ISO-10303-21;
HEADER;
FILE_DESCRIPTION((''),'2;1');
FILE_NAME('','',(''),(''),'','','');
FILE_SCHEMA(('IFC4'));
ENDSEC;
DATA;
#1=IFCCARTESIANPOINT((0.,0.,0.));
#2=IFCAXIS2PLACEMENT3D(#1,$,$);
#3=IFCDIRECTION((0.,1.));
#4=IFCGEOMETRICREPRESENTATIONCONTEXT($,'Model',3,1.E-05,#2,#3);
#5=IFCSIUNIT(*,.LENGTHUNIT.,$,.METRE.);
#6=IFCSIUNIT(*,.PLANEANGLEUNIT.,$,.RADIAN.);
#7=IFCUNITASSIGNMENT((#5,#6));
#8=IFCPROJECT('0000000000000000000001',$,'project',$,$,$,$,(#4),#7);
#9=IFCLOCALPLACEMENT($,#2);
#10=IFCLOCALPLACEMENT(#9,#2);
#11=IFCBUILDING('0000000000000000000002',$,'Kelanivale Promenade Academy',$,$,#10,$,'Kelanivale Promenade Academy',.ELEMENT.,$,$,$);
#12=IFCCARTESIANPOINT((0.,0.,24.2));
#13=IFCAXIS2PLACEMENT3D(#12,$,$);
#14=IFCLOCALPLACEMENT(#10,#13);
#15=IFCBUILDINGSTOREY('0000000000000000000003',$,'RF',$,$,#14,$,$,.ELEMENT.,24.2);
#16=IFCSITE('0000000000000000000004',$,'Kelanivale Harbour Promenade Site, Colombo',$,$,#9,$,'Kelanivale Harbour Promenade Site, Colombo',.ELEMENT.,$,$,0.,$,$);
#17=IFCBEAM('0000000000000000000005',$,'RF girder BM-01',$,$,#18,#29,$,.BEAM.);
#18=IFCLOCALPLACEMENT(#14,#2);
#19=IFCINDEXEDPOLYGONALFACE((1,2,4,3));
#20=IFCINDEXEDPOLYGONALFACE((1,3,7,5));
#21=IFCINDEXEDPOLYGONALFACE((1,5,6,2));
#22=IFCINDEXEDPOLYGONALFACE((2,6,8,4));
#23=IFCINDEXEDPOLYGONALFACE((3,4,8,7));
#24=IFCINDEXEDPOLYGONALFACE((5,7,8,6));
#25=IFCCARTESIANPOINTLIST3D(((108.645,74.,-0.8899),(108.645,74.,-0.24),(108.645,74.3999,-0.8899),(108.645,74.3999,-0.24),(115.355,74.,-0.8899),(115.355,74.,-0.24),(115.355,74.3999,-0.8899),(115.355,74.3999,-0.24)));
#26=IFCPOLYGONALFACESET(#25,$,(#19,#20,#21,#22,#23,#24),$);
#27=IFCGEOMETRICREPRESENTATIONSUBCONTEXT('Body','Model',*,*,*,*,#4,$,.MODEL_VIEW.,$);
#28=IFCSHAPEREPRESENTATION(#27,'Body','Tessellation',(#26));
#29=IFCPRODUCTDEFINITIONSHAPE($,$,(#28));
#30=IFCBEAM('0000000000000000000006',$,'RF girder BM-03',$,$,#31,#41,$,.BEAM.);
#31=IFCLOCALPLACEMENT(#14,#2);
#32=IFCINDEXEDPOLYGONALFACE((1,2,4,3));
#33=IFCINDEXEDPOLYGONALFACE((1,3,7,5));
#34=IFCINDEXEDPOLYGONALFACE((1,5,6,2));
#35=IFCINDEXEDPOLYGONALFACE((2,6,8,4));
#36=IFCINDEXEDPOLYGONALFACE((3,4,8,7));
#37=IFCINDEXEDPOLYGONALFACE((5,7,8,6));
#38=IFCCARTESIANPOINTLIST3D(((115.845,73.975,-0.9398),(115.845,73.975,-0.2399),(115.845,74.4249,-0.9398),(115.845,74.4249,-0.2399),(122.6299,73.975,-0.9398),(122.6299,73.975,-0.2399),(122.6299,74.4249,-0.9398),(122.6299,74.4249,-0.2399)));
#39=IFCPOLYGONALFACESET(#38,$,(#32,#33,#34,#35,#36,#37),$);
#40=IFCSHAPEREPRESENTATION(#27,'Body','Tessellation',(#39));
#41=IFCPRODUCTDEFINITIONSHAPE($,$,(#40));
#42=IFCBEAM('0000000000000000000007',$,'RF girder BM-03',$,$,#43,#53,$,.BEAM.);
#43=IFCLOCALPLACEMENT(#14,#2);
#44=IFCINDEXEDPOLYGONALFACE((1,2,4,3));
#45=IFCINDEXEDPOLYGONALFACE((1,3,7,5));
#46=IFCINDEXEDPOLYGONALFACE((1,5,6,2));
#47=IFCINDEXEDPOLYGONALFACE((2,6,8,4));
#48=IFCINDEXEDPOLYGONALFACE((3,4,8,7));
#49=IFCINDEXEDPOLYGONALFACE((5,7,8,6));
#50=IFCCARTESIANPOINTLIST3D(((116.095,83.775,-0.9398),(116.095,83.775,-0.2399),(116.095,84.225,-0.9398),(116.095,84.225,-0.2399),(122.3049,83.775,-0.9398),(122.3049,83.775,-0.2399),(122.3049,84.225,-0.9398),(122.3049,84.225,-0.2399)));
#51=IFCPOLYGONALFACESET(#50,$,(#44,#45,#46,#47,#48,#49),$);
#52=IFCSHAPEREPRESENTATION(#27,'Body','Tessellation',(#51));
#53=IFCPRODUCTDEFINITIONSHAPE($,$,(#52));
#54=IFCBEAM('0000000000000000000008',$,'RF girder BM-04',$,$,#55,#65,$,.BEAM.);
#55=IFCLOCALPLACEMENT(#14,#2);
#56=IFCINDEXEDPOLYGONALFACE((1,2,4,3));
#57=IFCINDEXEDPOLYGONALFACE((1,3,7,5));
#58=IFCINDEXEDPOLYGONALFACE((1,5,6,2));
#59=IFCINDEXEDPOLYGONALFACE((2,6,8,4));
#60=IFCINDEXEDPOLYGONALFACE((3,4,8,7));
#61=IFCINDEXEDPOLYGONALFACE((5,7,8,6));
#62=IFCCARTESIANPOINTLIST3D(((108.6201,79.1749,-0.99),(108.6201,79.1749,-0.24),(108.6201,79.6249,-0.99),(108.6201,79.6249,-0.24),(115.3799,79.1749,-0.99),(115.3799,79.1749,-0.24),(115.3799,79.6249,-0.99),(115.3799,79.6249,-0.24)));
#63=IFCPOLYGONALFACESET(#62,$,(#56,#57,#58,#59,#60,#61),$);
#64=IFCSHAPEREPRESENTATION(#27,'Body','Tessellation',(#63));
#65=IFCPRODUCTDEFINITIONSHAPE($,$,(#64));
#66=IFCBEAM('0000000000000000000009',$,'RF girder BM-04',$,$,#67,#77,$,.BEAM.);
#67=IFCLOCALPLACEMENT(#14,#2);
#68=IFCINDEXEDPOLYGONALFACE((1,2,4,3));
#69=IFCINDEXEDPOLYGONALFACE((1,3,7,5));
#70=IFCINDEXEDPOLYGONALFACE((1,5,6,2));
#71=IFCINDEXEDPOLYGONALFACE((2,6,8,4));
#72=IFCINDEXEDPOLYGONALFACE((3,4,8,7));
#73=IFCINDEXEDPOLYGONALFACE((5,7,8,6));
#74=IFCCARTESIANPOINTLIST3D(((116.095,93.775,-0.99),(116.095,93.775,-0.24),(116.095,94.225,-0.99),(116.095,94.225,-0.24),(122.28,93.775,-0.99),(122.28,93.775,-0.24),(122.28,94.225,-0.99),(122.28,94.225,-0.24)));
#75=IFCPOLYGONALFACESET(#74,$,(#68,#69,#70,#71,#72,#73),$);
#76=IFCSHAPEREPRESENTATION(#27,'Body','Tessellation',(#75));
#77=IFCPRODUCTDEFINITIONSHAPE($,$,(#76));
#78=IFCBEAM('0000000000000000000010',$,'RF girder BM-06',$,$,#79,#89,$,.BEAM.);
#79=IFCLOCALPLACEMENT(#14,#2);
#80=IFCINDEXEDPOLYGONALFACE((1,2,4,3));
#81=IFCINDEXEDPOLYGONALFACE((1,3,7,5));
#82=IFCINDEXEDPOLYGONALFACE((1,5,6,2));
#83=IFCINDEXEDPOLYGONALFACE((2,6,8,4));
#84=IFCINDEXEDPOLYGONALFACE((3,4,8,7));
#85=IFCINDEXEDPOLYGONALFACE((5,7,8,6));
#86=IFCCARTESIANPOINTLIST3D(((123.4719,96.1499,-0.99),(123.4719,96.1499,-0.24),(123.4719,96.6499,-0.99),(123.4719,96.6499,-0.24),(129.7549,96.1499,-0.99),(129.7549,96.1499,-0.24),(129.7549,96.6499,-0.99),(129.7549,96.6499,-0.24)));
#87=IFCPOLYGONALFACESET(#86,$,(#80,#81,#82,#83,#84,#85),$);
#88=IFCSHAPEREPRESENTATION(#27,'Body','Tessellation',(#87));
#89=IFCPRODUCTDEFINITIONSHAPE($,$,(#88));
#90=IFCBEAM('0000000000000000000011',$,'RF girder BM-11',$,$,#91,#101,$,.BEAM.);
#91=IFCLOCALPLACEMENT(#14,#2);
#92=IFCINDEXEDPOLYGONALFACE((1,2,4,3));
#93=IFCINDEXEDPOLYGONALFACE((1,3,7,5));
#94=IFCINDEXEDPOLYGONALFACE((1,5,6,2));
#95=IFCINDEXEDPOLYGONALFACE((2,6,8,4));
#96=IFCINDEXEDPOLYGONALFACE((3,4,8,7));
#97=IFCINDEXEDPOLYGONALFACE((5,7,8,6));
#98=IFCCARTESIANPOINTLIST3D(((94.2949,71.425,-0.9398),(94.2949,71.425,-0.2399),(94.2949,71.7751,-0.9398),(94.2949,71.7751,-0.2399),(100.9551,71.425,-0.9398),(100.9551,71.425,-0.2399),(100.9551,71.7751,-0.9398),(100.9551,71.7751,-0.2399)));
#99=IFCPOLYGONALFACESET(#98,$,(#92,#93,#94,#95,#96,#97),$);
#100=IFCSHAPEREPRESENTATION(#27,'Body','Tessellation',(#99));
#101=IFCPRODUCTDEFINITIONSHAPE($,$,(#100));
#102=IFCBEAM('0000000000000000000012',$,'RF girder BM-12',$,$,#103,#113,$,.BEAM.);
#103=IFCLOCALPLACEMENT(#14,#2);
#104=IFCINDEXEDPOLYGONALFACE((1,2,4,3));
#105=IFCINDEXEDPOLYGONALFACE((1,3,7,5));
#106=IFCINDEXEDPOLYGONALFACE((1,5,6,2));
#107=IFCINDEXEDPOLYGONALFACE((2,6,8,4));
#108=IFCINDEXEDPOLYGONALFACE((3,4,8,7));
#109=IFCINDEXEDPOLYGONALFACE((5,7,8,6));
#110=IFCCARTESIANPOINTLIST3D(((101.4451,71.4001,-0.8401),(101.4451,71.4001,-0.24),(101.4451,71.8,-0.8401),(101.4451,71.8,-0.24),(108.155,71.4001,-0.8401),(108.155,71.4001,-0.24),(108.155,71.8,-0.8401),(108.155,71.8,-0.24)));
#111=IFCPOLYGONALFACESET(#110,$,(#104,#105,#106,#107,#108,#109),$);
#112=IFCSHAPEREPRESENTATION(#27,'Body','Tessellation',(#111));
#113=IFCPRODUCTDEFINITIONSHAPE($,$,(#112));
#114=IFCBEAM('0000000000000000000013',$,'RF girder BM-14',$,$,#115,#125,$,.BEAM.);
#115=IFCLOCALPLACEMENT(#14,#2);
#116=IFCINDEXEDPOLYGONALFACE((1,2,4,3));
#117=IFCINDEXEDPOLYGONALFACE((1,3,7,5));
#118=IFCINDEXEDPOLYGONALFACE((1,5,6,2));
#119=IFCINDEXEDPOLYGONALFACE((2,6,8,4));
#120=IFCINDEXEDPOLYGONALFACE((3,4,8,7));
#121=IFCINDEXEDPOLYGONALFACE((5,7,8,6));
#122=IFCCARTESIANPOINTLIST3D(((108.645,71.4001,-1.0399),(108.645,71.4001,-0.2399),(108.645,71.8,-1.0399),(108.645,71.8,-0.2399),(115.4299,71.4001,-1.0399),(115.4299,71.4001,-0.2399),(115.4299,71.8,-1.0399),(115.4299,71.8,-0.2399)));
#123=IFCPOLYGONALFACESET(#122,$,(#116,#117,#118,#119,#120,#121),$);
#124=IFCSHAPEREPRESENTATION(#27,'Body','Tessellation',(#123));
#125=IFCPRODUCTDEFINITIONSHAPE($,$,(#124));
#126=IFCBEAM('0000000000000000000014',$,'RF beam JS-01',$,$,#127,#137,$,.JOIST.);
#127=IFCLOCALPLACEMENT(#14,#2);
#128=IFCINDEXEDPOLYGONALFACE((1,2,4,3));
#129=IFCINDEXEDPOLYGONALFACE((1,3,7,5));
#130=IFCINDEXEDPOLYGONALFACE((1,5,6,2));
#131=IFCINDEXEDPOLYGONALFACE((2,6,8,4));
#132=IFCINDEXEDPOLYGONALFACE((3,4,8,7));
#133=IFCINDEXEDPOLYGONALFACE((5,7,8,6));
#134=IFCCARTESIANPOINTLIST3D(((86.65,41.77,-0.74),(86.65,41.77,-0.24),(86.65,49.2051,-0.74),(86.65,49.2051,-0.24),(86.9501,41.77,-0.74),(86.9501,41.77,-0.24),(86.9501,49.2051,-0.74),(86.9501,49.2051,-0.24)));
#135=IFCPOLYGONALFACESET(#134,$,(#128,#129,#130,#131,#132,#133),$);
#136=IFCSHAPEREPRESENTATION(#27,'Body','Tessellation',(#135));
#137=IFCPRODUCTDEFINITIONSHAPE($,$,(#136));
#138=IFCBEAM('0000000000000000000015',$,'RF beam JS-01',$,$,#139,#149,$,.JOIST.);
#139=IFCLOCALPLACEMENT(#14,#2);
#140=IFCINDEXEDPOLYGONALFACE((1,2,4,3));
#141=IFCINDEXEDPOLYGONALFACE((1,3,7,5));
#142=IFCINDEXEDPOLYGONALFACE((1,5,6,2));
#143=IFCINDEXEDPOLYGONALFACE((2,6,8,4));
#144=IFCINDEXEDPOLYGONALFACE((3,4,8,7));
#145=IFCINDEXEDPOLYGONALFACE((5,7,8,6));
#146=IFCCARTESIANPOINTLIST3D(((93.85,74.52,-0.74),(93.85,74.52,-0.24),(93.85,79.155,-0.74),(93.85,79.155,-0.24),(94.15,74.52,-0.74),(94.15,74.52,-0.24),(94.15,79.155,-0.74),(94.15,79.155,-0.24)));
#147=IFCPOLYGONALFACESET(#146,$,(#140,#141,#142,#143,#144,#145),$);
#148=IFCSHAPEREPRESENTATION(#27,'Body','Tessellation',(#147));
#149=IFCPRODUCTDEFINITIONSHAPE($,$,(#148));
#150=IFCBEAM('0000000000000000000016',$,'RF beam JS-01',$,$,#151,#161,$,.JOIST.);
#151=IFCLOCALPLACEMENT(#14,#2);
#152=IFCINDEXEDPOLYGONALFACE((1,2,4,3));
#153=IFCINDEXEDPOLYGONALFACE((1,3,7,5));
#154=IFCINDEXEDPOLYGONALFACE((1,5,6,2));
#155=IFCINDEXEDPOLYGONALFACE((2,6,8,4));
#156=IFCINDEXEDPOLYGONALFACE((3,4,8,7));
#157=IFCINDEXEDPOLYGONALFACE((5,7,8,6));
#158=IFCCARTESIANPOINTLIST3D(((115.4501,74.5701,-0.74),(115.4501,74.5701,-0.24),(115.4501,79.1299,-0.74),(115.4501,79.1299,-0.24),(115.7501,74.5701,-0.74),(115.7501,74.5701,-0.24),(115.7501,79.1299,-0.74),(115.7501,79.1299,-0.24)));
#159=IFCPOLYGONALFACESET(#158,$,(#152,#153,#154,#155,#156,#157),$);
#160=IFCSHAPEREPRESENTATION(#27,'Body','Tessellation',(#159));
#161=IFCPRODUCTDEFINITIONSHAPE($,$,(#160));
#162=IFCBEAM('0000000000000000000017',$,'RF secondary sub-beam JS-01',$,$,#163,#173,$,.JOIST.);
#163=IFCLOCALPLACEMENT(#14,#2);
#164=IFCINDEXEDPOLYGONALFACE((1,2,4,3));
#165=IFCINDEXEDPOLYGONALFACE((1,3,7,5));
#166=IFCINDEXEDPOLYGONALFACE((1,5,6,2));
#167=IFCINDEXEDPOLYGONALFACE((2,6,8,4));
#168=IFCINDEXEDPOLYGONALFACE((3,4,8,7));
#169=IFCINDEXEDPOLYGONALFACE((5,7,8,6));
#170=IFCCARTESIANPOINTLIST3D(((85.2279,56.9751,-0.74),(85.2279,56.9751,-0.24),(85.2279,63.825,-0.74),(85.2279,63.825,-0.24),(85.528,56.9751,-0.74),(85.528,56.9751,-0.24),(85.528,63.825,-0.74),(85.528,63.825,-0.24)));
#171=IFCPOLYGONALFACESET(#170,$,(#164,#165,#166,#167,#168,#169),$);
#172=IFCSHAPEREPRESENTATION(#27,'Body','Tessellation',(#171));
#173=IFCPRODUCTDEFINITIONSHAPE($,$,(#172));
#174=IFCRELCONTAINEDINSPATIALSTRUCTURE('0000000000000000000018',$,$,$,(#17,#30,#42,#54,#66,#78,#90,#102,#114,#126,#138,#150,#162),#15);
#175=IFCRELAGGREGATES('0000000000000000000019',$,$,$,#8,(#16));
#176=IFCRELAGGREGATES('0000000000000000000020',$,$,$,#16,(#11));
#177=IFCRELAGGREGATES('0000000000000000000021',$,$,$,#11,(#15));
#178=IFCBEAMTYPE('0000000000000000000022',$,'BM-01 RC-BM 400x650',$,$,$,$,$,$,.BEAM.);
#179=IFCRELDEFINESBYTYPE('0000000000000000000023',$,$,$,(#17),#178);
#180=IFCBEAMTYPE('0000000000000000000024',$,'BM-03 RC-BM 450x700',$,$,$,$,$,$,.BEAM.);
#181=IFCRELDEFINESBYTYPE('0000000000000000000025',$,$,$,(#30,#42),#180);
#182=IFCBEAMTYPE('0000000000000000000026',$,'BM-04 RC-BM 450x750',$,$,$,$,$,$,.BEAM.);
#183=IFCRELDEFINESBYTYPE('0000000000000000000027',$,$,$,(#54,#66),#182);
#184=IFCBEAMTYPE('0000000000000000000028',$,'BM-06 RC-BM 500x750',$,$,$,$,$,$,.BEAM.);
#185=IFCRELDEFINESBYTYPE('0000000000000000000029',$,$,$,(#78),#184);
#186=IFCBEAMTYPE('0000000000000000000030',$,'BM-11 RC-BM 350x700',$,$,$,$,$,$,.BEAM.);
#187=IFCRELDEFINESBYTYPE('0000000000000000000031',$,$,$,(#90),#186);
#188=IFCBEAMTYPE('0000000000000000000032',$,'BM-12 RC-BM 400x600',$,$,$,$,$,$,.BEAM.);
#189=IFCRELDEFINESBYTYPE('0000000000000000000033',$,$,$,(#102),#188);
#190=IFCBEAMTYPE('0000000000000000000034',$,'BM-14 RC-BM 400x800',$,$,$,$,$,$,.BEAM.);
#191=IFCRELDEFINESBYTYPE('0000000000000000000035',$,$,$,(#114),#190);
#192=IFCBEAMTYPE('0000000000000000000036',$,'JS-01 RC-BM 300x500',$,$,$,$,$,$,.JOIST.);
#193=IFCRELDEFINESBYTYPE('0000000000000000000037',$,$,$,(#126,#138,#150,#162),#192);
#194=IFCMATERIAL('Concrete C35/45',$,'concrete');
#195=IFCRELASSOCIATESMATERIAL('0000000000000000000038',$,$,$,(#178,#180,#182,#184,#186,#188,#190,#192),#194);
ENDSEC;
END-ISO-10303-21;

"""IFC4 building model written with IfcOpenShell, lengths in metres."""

from ifc_helpers import new_model, si_unit, direction, frame, origin, origin_2d, place, context, subcontext, project, spatial, rectangle, extrude, material, material_profile, profile_set, type_object, element, save


model = new_model("IFC4")

# Units and contexts
model_context = context("Model", 3, precision=1e-05, world=origin(), true_north=direction((0.0, 1.0)))
body_context = subcontext(model_context, "Body", "Model", "MODEL_VIEW")
ifc_project = project(units=[si_unit("LENGTHUNIT", "METRE"), si_unit("PLANEANGLEUNIT", "RADIAN")], contexts=[model_context])

# Site, building, storey
site_placement = place(None, origin())
site = spatial("IfcSite", under=ifc_project, at=site_placement, Name="Kelanivale Harbour Promenade Site, Colombo", LongName="Kelanivale Harbour Promenade Site, Colombo", CompositionType="ELEMENT", RefElevation=0.0)
building_placement = place(site_placement, origin())
building = spatial("IfcBuilding", under=site, at=building_placement, Name="Kelanivale Promenade Academy", LongName="Kelanivale Promenade Academy", CompositionType="ELEMENT")
storey_placement = place(building_placement, frame((0.0, 0.0, 24.2)))
storey = spatial("IfcBuildingStorey", under=building, at=storey_placement, Name="RF", CompositionType="ELEMENT", Elevation=24.2)

# Beams
ifc_material_1 = material(Name="Concrete C35/45", Category="concrete")
ifc_material_profile_1 = material_profile(ifc_material_1, rectangle(XDim=0.3999, YDim=0.6499, at=origin_2d()), Name="RC-BM 400x650")
ifc_profile_set_1 = profile_set([ifc_material_profile_1], Name="Concrete C35/45")
beam_type_1 = type_object("IfcBeamType", Name="BM-01 RC-BM 400x650", PredefinedType="BEAM", material=ifc_profile_set_1)
beam_1_placement = place(storey_placement, frame((108.645, 74.2, -0.5649), z_axis=(1.0, 0.0, 0.0), x_axis=(0.0, 1.0, 0.0)))
element("IfcBeam", 1, at=beam_1_placement, inside=storey, type_object=beam_type_1, Name="RF girder BM-01", PredefinedType="BEAM", context=body_context, shape_type="SweptSolid", body=[
    extrude(rectangle(XDim=0.3999, YDim=0.6499, at=origin_2d()), origin(), (0.0, 0.0, 1.0), 6.71),
])
ifc_material_profile_2 = material_profile(ifc_material_1, rectangle(XDim=0.45, YDim=0.7, at=origin_2d()), Name="RC-BM 450x700")
ifc_profile_set_2 = profile_set([ifc_material_profile_2], Name="Concrete C35/45")
beam_type_2 = type_object("IfcBeamType", Name="BM-03 RC-BM 450x700", PredefinedType="BEAM", material=ifc_profile_set_2)
beam_2_placement = place(storey_placement, frame((115.845, 74.2, -0.5898), z_axis=(1.0, 0.0, 0.0), x_axis=(0.0, 1.0, 0.0)))
element("IfcBeam", 2, at=beam_2_placement, inside=storey, type_object=beam_type_2, Name="RF girder BM-03", PredefinedType="BEAM", context=body_context, shape_type="SweptSolid", body=[
    extrude(rectangle(XDim=0.45, YDim=0.7, at=origin_2d()), origin(), (0.0, 0.0, 1.0), 6.7849),
])
beam_3_placement = place(storey_placement, frame((116.095, 84.0, -0.5898), z_axis=(1.0, 0.0, 0.0), x_axis=(0.0, 1.0, 0.0)))
element("IfcBeam", 3, at=beam_3_placement, inside=storey, type_object=beam_type_2, Name="RF girder BM-03", PredefinedType="BEAM", context=body_context, shape_type="SweptSolid", body=[
    extrude(rectangle(XDim=0.45, YDim=0.7, at=origin_2d()), origin(), (0.0, 0.0, 1.0), 6.21),
])
ifc_material_profile_3 = material_profile(ifc_material_1, rectangle(XDim=0.45, YDim=0.75, at=origin_2d()), Name="RC-BM 450x750")
ifc_profile_set_3 = profile_set([ifc_material_profile_3], Name="Concrete C35/45")
beam_type_3 = type_object("IfcBeamType", Name="BM-04 RC-BM 450x750", PredefinedType="BEAM", material=ifc_profile_set_3)
beam_4_placement = place(storey_placement, frame((108.6201, 79.3999, -0.615), z_axis=(1.0, 0.0, 0.0), x_axis=(0.0, 1.0, 0.0)))
element("IfcBeam", 4, at=beam_4_placement, inside=storey, type_object=beam_type_3, Name="RF girder BM-04", PredefinedType="BEAM", context=body_context, shape_type="SweptSolid", body=[
    extrude(rectangle(XDim=0.45, YDim=0.75, at=origin_2d()), origin(), (0.0, 0.0, 1.0), 6.7598),
])
beam_5_placement = place(storey_placement, frame((116.095, 94.0, -0.615), z_axis=(1.0, 0.0, 0.0), x_axis=(0.0, 1.0, 0.0)))
element("IfcBeam", 5, at=beam_5_placement, inside=storey, type_object=beam_type_3, Name="RF girder BM-04", PredefinedType="BEAM", context=body_context, shape_type="SweptSolid", body=[
    extrude(rectangle(XDim=0.45, YDim=0.75, at=origin_2d()), origin(), (0.0, 0.0, 1.0), 6.1851),
])
ifc_material_profile_4 = material_profile(ifc_material_1, rectangle(XDim=0.5, YDim=0.75, at=origin_2d()), Name="RC-BM 500x750")
ifc_profile_set_4 = profile_set([ifc_material_profile_4], Name="Concrete C35/45")
beam_type_4 = type_object("IfcBeamType", Name="BM-06 RC-BM 500x750", PredefinedType="BEAM", material=ifc_profile_set_4)
beam_6_placement = place(storey_placement, frame((123.4719, 96.3999, -0.615), z_axis=(1.0, 0.0, 0.0), x_axis=(0.0, 1.0, 0.0)))
element("IfcBeam", 6, at=beam_6_placement, inside=storey, type_object=beam_type_4, Name="RF girder BM-06", PredefinedType="BEAM", context=body_context, shape_type="SweptSolid", body=[
    extrude(rectangle(XDim=0.5, YDim=0.75, at=origin_2d()), origin(), (0.0, 0.0, 1.0), 6.283),
])
ifc_material_profile_5 = material_profile(ifc_material_1, rectangle(XDim=0.3501, YDim=0.7, at=origin_2d()), Name="RC-BM 350x700")
ifc_profile_set_5 = profile_set([ifc_material_profile_5], Name="Concrete C35/45")
beam_type_5 = type_object("IfcBeamType", Name="BM-11 RC-BM 350x700", PredefinedType="BEAM", material=ifc_profile_set_5)
beam_7_placement = place(storey_placement, frame((94.2949, 71.6001, -0.5898), z_axis=(1.0, 0.0, 0.0), x_axis=(0.0, 1.0, 0.0)))
element("IfcBeam", 7, at=beam_7_placement, inside=storey, type_object=beam_type_5, Name="RF girder BM-11", PredefinedType="BEAM", context=body_context, shape_type="SweptSolid", body=[
    extrude(rectangle(XDim=0.3501, YDim=0.7, at=origin_2d()), origin(), (0.0, 0.0, 1.0), 6.6602),
])
ifc_material_profile_6 = material_profile(ifc_material_1, rectangle(XDim=0.3999, YDim=0.6001, at=origin_2d()), Name="RC-BM 400x600")
ifc_profile_set_6 = profile_set([ifc_material_profile_6], Name="Concrete C35/45")
beam_type_6 = type_object("IfcBeamType", Name="BM-12 RC-BM 400x600", PredefinedType="BEAM", material=ifc_profile_set_6)
beam_8_placement = place(storey_placement, frame((101.4451, 71.6001, -0.54), z_axis=(1.0, 0.0, 0.0), x_axis=(0.0, 1.0, 0.0)))
element("IfcBeam", 8, at=beam_8_placement, inside=storey, type_object=beam_type_6, Name="RF girder BM-12", PredefinedType="BEAM", context=body_context, shape_type="SweptSolid", body=[
    extrude(rectangle(XDim=0.3999, YDim=0.6001, at=origin_2d()), origin(), (0.0, 0.0, 1.0), 6.71),
])
ifc_material_profile_7 = material_profile(ifc_material_1, rectangle(XDim=0.3999, YDim=0.8, at=origin_2d()), Name="RC-BM 400x800")
ifc_profile_set_7 = profile_set([ifc_material_profile_7], Name="Concrete C35/45")
beam_type_7 = type_object("IfcBeamType", Name="BM-14 RC-BM 400x800", PredefinedType="BEAM", material=ifc_profile_set_7)
beam_9_placement = place(storey_placement, frame((108.645, 71.6001, -0.6399), z_axis=(1.0, 0.0, 0.0), x_axis=(0.0, 1.0, 0.0)))
element("IfcBeam", 9, at=beam_9_placement, inside=storey, type_object=beam_type_7, Name="RF girder BM-14", PredefinedType="BEAM", context=body_context, shape_type="SweptSolid", body=[
    extrude(rectangle(XDim=0.3999, YDim=0.8, at=origin_2d()), origin(), (0.0, 0.0, 1.0), 6.7849),
])
ifc_material_profile_8 = material_profile(ifc_material_1, rectangle(XDim=0.3, YDim=0.5, at=origin_2d()), Name="RC-BM 300x500")
ifc_profile_set_8 = profile_set([ifc_material_profile_8], Name="Concrete C35/45")
beam_type_8 = type_object("IfcBeamType", Name="JS-01 RC-BM 300x500", PredefinedType="JOIST", material=ifc_profile_set_8)
beam_10_placement = place(storey_placement, frame((86.8, 41.77, -0.49), z_axis=(0.0, 1.0, 0.0), x_axis=(-1.0, 0.0, 0.0)))
element("IfcBeam", 10, at=beam_10_placement, inside=storey, type_object=beam_type_8, Name="RF beam JS-01", PredefinedType="JOIST", context=body_context, shape_type="SweptSolid", body=[
    extrude(rectangle(XDim=0.3, YDim=0.5, at=origin_2d()), origin(), (0.0, 0.0, 1.0), 7.4351),
])
beam_11_placement = place(storey_placement, frame((94.0, 74.52, -0.49), z_axis=(0.0, 1.0, 0.0), x_axis=(-1.0, 0.0, 0.0)))
element("IfcBeam", 11, at=beam_11_placement, inside=storey, type_object=beam_type_8, Name="RF beam JS-01", PredefinedType="JOIST", context=body_context, shape_type="SweptSolid", body=[
    extrude(rectangle(XDim=0.3, YDim=0.5, at=origin_2d()), origin(), (0.0, 0.0, 1.0), 4.635),
])
beam_12_placement = place(storey_placement, frame((115.6001, 74.5701, -0.49), z_axis=(0.0, 1.0, 0.0), x_axis=(-1.0, 0.0, 0.0)))
element("IfcBeam", 12, at=beam_12_placement, inside=storey, type_object=beam_type_8, Name="RF beam JS-01", PredefinedType="JOIST", context=body_context, shape_type="SweptSolid", body=[
    extrude(rectangle(XDim=0.3, YDim=0.5, at=origin_2d()), origin(), (0.0, 0.0, 1.0), 4.5598),
])
beam_13_placement = place(storey_placement, frame((85.3779, 56.9751, -0.49), z_axis=(0.0, 1.0, 0.0), x_axis=(-1.0, 0.0, 0.0)))
element("IfcBeam", 13, at=beam_13_placement, inside=storey, type_object=beam_type_8, Name="RF secondary sub-beam JS-01", PredefinedType="JOIST", context=body_context, shape_type="SweptSolid", body=[
    extrude(rectangle(XDim=0.3, YDim=0.5, at=origin_2d()), origin(), (0.0, 0.0, 1.0), 6.8499),
])

save(model, "model.ifc")
